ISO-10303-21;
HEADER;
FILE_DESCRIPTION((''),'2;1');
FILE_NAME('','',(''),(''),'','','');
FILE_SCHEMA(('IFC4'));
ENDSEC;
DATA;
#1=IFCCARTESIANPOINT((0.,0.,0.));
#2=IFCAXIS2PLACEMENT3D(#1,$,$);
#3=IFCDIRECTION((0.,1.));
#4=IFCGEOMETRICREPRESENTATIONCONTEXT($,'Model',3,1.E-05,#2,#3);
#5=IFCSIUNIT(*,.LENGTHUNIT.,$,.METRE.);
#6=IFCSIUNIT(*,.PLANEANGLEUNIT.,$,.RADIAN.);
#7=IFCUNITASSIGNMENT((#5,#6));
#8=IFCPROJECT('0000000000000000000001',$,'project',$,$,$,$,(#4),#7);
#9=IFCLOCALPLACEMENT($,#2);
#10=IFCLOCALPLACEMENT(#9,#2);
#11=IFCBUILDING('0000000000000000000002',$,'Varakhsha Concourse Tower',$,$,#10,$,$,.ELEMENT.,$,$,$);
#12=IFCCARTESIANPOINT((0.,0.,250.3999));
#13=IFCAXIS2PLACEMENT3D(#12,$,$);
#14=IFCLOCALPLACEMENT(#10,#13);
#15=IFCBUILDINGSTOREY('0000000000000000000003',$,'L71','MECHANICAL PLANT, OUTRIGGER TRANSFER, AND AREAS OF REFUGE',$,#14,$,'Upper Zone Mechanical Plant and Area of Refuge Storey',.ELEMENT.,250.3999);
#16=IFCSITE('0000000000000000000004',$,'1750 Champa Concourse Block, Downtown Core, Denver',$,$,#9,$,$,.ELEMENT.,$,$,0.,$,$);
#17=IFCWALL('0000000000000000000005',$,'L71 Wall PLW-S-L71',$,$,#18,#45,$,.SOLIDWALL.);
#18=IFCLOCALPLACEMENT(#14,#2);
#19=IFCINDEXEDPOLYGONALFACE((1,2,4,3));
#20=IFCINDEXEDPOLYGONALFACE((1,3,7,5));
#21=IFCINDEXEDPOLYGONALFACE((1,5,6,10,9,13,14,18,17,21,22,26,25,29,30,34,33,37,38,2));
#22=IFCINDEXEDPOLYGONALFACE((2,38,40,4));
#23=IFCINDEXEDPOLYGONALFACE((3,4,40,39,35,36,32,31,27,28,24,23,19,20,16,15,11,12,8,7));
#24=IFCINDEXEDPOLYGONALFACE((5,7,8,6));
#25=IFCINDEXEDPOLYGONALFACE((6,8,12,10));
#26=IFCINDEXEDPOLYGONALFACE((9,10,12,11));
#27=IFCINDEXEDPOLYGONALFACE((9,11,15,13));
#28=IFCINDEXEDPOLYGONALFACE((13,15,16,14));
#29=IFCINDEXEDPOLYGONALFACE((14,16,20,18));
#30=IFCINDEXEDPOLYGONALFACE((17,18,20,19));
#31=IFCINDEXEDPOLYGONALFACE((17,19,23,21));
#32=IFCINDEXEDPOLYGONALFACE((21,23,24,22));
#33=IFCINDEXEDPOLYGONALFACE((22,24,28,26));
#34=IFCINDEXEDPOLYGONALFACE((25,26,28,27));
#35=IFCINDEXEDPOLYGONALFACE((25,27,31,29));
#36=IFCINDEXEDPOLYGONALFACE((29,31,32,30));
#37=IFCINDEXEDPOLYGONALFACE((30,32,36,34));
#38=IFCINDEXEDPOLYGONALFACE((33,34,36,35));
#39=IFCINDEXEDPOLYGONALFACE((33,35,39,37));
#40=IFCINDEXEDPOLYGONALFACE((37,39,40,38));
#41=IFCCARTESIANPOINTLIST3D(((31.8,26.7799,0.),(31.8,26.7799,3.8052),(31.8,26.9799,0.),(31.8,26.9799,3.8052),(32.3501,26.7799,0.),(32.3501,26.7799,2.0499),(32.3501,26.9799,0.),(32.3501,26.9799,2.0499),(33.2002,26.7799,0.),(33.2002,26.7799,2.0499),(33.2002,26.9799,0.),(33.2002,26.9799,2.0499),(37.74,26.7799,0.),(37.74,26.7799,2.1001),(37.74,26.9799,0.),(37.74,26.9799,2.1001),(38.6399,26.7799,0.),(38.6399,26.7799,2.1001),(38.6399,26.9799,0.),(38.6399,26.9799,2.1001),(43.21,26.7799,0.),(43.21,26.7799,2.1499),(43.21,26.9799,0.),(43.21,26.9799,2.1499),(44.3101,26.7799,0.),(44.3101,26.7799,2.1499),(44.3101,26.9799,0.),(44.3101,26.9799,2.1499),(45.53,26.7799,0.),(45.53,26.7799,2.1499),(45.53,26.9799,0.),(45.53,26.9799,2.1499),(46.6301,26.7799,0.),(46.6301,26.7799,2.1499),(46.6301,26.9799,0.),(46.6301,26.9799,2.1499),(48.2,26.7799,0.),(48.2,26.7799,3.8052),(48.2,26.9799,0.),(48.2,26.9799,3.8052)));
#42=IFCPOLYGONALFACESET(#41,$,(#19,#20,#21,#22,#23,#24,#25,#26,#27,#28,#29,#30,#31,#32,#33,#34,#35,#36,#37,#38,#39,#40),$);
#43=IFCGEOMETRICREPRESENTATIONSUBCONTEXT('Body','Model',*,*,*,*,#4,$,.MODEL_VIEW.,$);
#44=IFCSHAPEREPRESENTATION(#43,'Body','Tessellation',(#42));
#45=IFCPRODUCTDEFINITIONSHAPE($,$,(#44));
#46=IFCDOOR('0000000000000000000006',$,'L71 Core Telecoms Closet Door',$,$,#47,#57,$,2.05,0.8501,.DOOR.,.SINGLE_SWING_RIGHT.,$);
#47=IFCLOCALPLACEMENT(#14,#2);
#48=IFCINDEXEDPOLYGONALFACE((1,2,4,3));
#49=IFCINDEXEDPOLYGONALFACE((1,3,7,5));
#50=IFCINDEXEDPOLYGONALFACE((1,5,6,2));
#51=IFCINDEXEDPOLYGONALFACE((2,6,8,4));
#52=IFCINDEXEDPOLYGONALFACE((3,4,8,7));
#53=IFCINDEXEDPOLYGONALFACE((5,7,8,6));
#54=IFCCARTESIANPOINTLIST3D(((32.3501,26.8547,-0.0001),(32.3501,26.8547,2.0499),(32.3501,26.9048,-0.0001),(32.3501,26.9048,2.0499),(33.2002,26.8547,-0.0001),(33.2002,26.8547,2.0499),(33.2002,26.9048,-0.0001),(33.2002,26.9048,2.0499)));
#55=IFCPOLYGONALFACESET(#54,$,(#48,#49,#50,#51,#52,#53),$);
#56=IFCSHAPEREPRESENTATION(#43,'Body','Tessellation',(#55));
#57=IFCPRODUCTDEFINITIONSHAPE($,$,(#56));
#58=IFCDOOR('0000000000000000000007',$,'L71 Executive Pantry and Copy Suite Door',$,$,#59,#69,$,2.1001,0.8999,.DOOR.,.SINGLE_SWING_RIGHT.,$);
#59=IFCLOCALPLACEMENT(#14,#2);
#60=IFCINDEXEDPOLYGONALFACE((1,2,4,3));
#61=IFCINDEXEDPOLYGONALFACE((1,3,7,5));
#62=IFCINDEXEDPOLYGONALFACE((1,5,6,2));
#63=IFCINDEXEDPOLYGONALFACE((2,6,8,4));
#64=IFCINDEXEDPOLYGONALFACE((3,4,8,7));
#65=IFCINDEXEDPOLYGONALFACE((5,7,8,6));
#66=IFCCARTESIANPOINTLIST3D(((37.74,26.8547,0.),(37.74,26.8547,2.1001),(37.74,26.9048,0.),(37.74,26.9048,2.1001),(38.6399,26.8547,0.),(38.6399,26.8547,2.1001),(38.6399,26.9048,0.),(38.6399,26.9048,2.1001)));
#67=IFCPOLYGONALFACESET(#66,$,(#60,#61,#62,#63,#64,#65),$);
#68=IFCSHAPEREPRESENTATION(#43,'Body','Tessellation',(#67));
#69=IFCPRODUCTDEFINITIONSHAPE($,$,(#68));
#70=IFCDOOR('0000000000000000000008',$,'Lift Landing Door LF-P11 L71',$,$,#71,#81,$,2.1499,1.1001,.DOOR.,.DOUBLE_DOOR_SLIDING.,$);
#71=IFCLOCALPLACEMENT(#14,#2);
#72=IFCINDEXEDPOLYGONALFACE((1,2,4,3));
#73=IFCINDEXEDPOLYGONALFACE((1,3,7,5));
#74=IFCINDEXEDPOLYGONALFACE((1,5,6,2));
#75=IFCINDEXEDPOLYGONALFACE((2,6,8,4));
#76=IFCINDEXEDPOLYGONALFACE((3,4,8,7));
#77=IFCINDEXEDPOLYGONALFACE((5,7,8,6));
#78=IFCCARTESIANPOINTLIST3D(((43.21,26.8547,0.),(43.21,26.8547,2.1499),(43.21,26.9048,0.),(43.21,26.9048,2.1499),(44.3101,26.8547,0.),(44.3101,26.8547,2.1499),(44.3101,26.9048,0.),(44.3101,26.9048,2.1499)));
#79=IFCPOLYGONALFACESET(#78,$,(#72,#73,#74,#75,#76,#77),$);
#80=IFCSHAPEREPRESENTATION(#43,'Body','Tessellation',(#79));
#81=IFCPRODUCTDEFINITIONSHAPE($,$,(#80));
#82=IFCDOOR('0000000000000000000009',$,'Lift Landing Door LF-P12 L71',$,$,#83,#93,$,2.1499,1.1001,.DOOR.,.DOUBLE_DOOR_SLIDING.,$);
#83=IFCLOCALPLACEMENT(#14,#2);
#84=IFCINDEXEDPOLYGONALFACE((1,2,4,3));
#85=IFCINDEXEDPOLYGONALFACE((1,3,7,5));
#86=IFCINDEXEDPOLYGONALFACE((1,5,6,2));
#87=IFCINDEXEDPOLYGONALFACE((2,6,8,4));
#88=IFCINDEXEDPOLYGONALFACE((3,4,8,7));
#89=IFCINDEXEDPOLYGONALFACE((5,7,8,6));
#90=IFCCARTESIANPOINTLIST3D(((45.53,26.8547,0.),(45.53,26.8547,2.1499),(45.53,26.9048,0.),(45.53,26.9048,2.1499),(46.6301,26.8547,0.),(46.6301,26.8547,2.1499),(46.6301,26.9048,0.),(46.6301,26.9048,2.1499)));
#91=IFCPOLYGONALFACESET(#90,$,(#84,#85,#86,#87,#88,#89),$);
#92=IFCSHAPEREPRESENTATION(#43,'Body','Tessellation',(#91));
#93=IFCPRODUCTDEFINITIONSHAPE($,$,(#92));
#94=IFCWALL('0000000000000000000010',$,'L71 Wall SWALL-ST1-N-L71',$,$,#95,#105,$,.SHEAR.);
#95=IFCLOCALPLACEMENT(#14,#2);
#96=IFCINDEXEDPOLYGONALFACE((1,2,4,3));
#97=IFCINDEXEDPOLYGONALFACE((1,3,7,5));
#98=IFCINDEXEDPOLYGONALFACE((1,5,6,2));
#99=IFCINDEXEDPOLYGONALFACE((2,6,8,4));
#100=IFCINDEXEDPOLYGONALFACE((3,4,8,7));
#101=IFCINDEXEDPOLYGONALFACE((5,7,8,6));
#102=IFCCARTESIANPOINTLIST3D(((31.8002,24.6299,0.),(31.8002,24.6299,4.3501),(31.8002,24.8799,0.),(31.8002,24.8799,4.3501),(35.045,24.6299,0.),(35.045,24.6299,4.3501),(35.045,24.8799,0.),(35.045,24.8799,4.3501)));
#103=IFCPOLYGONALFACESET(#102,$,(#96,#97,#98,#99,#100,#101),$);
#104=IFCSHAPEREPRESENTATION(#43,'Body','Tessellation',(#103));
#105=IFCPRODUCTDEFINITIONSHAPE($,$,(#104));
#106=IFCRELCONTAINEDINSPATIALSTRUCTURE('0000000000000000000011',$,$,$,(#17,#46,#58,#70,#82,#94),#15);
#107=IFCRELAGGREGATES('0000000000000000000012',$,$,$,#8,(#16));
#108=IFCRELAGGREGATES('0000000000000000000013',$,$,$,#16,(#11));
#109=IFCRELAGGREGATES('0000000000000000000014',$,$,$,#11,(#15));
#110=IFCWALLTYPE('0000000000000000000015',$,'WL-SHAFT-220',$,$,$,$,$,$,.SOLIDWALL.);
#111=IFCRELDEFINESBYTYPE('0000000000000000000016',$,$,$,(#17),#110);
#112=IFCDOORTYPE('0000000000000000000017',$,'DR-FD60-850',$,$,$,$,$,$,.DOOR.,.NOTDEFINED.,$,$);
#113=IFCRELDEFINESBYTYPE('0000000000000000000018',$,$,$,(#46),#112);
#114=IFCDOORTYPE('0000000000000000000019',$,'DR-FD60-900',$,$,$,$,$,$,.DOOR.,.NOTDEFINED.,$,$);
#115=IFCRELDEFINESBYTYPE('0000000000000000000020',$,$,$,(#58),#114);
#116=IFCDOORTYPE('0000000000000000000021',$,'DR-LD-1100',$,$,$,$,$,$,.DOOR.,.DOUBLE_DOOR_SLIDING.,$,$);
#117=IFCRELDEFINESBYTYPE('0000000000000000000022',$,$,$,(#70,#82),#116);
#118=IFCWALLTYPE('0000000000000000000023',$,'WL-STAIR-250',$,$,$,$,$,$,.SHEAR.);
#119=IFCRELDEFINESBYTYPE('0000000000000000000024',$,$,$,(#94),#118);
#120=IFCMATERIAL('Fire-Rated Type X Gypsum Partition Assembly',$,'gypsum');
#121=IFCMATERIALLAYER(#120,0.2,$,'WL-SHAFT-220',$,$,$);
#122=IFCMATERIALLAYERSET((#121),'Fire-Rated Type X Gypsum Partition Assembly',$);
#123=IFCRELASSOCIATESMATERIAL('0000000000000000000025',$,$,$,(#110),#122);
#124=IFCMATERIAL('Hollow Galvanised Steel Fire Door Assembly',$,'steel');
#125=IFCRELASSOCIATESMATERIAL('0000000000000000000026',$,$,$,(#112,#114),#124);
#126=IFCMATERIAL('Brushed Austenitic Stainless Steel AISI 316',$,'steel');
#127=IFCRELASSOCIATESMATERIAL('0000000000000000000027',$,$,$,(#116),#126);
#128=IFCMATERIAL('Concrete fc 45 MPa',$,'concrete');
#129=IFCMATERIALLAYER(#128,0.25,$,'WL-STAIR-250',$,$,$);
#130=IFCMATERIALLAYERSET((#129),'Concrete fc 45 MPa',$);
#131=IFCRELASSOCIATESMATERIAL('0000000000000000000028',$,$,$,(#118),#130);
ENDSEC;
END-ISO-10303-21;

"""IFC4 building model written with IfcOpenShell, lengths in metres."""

from ifc_helpers import new_model, si_unit, direction, frame, frame_2d, origin, place, context, subcontext, project, spatial, rectangle, extrude, material, layer, layer_set, type_object, element, fill, save


model = new_model("IFC4")

# Units and contexts
model_context = context("Model", 3, precision=1e-05, world=origin(), true_north=direction((0.0, 1.0)))
body_context = subcontext(model_context, "Body", "Model", "MODEL_VIEW")
ifc_project = project(units=[si_unit("LENGTHUNIT", "METRE"), si_unit("PLANEANGLEUNIT", "RADIAN")], contexts=[model_context])

# Site, building, storey
site_placement = place(None, origin())
site = spatial("IfcSite", under=ifc_project, at=site_placement, Name="1750 Champa Concourse Block, Downtown Core, Denver", CompositionType="ELEMENT", RefElevation=0.0)
building_placement = place(site_placement, origin())
building = spatial("IfcBuilding", under=site, at=building_placement, Name="Varakhsha Concourse Tower", CompositionType="ELEMENT")
storey_placement = place(building_placement, frame((0.0, 0.0, 250.3999)))
storey = spatial("IfcBuildingStorey", under=building, at=storey_placement, Name="L71", Description="MECHANICAL PLANT, OUTRIGGER TRANSFER, AND AREAS OF REFUGE", LongName="Upper Zone Mechanical Plant and Area of Refuge Storey", CompositionType="ELEMENT", Elevation=250.3999)

# Shared definitions
ifc_material_1 = material(Name="Fire-Rated Type X Gypsum Partition Assembly", Category="gypsum")
ifc_material_2 = material(Name="Hollow Galvanised Steel Fire Door Assembly", Category="steel")

# Wall, openings, doors
ifc_layer_1 = layer(ifc_material_1, 0.2, Name="WL-SHAFT-220")
ifc_layer_set_1 = layer_set([ifc_layer_1], Name="Fire-Rated Type X Gypsum Partition Assembly")
wall_type_1 = type_object("IfcWallType", Name="WL-SHAFT-220", PredefinedType="SOLIDWALL", material=ifc_layer_set_1)
door_type_1 = type_object("IfcDoorType", Name="DR-FD60-850", OperationType="NOTDEFINED", PredefinedType="DOOR", material=ifc_material_2)
door_type_2 = type_object("IfcDoorType", Name="DR-FD60-900", OperationType="NOTDEFINED", PredefinedType="DOOR", material=ifc_material_2)
ifc_material_3 = material(Name="Brushed Austenitic Stainless Steel AISI 316", Category="steel")
door_type_3 = type_object("IfcDoorType", Name="DR-LD-1100", OperationType="DOUBLE_DOOR_SLIDING", PredefinedType="DOOR", material=ifc_material_3)
wall_1_placement = place(storey_placement, frame((31.8, 26.8799, 0.0), z_axis=(0.0, 0.0, 1.0), x_axis=(1.0, 0.0, 0.0)))
wall_1 = element("IfcWall", 1, at=wall_1_placement, inside=storey, type_object=wall_type_1, Name="L71 Wall PLW-S-L71", PredefinedType="SOLIDWALL", context=body_context, shape_type="SweptSolid", body=[
    extrude(rectangle(XDim=16.3999, YDim=0.2, at=frame_2d((8.2, 0.0))), origin(), (0.0, 0.0, 1.0), 3.8052),
])
opening_1_placement = place(wall_1_placement, frame((0.55, 0.0, 0.0)))
opening_1 = element("IfcOpeningElement", 2, at=opening_1_placement, cuts=wall_1, PredefinedType="OPENING", context=body_context, shape_type="SweptSolid", body=[
    extrude(rectangle(XDim=0.8501, YDim=2.05, at=frame_2d((0.425, 1.0249))), frame((0.0, 0.1099, 0.0), z_axis=(0.0, -1.0, 0.0), x_axis=(1.0, 0.0, 0.0)), (0.0, 0.0, 1.0), 0.22),
])
opening_2_placement = place(wall_1_placement, frame((5.9399, 0.0, 0.0)))
opening_2 = element("IfcOpeningElement", 3, at=opening_2_placement, cuts=wall_1, PredefinedType="OPENING", context=body_context, shape_type="SweptSolid", body=[
    extrude(rectangle(XDim=0.8999, YDim=2.1001, at=frame_2d((0.45, 1.05))), frame((0.0, 0.1099, 0.0), z_axis=(0.0, -1.0, 0.0), x_axis=(1.0, 0.0, 0.0)), (0.0, 0.0, 1.0), 0.22),
])
opening_3_placement = place(wall_1_placement, frame((11.4099, 0.0, 0.0)))
opening_3 = element("IfcOpeningElement", 4, at=opening_3_placement, cuts=wall_1, PredefinedType="OPENING", context=body_context, shape_type="SweptSolid", body=[
    extrude(rectangle(XDim=1.1001, YDim=2.1499, at=frame_2d((0.55, 1.075))), frame((0.0, 0.1099, 0.0), z_axis=(0.0, -1.0, 0.0), x_axis=(1.0, 0.0, 0.0)), (0.0, 0.0, 1.0), 0.22),
])
opening_4_placement = place(wall_1_placement, frame((13.73, 0.0, 0.0)))
opening_4 = element("IfcOpeningElement", 5, at=opening_4_placement, cuts=wall_1, PredefinedType="OPENING", context=body_context, shape_type="SweptSolid", body=[
    extrude(rectangle(XDim=1.1001, YDim=2.1499, at=frame_2d((0.55, 1.075))), frame((0.0, 0.1099, 0.0), z_axis=(0.0, -1.0, 0.0), x_axis=(1.0, 0.0, 0.0)), (0.0, 0.0, 1.0), 0.22),
])
door_1_placement = place(opening_1_placement, origin())
door_1 = element("IfcDoor", 6, at=door_1_placement, inside=storey, type_object=door_type_1, Name="L71 Core Telecoms Closet Door", OperationType="SINGLE_SWING_RIGHT", OverallHeight=2.05, OverallWidth=0.8501, PredefinedType="DOOR", context=body_context, shape_type="SweptSolid", body=[
    extrude(rectangle(XDim=0.8501, YDim=2.05, at=frame_2d((0.425, 1.0249))), frame((0.0, 0.0249, 0.0), z_axis=(0.0, -1.0, 0.0), x_axis=(1.0, 0.0, 0.0)), (0.0, 0.0, 1.0), 0.05),
])
fill(opening_1, door_1)
door_2_placement = place(opening_2_placement, origin())
door_2 = element("IfcDoor", 7, at=door_2_placement, inside=storey, type_object=door_type_2, Name="L71 Executive Pantry and Copy Suite Door", OperationType="SINGLE_SWING_RIGHT", OverallHeight=2.1001, OverallWidth=0.8999, PredefinedType="DOOR", context=body_context, shape_type="SweptSolid", body=[
    extrude(rectangle(XDim=0.8999, YDim=2.1001, at=frame_2d((0.45, 1.05))), frame((0.0, 0.0249, 0.0), z_axis=(0.0, -1.0, 0.0), x_axis=(1.0, 0.0, 0.0)), (0.0, 0.0, 1.0), 0.05),
])
fill(opening_2, door_2)
door_3_placement = place(opening_3_placement, origin())
door_3 = element("IfcDoor", 8, at=door_3_placement, inside=storey, type_object=door_type_3, Name="Lift Landing Door LF-P11 L71", OperationType="DOUBLE_DOOR_SLIDING", OverallHeight=2.1499, OverallWidth=1.1001, PredefinedType="DOOR", context=body_context, shape_type="SweptSolid", body=[
    extrude(rectangle(XDim=1.1001, YDim=2.1499, at=frame_2d((0.55, 1.075))), frame((0.0, 0.0249, 0.0), z_axis=(0.0, -1.0, 0.0), x_axis=(1.0, 0.0, 0.0)), (0.0, 0.0, 1.0), 0.05),
])
fill(opening_3, door_3)
door_4_placement = place(opening_4_placement, origin())
door_4 = element("IfcDoor", 9, at=door_4_placement, inside=storey, type_object=door_type_3, Name="Lift Landing Door LF-P12 L71", OperationType="DOUBLE_DOOR_SLIDING", OverallHeight=2.1499, OverallWidth=1.1001, PredefinedType="DOOR", context=body_context, shape_type="SweptSolid", body=[
    extrude(rectangle(XDim=1.1001, YDim=2.1499, at=frame_2d((0.55, 1.075))), frame((0.0, 0.0249, 0.0), z_axis=(0.0, -1.0, 0.0), x_axis=(1.0, 0.0, 0.0)), (0.0, 0.0, 1.0), 0.05),
])
fill(opening_4, door_4)

# Wall
ifc_material_4 = material(Name="Concrete fc 45 MPa", Category="concrete")
ifc_layer_2 = layer(ifc_material_4, 0.25, Name="WL-STAIR-250")
ifc_layer_set_2 = layer_set([ifc_layer_2], Name="Concrete fc 45 MPa")
wall_type_2 = type_object("IfcWallType", Name="WL-STAIR-250", PredefinedType="SHEAR", material=ifc_layer_set_2)
wall_2_placement = place(storey_placement, frame((31.8, 24.7549, 0.0), z_axis=(0.0, 0.0, 1.0), x_axis=(1.0, 0.0, 0.0)))
element("IfcWall", 10, at=wall_2_placement, inside=storey, type_object=wall_type_2, Name="L71 Wall SWALL-ST1-N-L71", PredefinedType="SHEAR", context=body_context, shape_type="SweptSolid", body=[
    extrude(rectangle(XDim=3.2449, YDim=0.25, at=frame_2d((1.6226, 0.0))), origin(), (0.0, 0.0, 1.0), 4.3501),
])

save(model, "model.ifc")
